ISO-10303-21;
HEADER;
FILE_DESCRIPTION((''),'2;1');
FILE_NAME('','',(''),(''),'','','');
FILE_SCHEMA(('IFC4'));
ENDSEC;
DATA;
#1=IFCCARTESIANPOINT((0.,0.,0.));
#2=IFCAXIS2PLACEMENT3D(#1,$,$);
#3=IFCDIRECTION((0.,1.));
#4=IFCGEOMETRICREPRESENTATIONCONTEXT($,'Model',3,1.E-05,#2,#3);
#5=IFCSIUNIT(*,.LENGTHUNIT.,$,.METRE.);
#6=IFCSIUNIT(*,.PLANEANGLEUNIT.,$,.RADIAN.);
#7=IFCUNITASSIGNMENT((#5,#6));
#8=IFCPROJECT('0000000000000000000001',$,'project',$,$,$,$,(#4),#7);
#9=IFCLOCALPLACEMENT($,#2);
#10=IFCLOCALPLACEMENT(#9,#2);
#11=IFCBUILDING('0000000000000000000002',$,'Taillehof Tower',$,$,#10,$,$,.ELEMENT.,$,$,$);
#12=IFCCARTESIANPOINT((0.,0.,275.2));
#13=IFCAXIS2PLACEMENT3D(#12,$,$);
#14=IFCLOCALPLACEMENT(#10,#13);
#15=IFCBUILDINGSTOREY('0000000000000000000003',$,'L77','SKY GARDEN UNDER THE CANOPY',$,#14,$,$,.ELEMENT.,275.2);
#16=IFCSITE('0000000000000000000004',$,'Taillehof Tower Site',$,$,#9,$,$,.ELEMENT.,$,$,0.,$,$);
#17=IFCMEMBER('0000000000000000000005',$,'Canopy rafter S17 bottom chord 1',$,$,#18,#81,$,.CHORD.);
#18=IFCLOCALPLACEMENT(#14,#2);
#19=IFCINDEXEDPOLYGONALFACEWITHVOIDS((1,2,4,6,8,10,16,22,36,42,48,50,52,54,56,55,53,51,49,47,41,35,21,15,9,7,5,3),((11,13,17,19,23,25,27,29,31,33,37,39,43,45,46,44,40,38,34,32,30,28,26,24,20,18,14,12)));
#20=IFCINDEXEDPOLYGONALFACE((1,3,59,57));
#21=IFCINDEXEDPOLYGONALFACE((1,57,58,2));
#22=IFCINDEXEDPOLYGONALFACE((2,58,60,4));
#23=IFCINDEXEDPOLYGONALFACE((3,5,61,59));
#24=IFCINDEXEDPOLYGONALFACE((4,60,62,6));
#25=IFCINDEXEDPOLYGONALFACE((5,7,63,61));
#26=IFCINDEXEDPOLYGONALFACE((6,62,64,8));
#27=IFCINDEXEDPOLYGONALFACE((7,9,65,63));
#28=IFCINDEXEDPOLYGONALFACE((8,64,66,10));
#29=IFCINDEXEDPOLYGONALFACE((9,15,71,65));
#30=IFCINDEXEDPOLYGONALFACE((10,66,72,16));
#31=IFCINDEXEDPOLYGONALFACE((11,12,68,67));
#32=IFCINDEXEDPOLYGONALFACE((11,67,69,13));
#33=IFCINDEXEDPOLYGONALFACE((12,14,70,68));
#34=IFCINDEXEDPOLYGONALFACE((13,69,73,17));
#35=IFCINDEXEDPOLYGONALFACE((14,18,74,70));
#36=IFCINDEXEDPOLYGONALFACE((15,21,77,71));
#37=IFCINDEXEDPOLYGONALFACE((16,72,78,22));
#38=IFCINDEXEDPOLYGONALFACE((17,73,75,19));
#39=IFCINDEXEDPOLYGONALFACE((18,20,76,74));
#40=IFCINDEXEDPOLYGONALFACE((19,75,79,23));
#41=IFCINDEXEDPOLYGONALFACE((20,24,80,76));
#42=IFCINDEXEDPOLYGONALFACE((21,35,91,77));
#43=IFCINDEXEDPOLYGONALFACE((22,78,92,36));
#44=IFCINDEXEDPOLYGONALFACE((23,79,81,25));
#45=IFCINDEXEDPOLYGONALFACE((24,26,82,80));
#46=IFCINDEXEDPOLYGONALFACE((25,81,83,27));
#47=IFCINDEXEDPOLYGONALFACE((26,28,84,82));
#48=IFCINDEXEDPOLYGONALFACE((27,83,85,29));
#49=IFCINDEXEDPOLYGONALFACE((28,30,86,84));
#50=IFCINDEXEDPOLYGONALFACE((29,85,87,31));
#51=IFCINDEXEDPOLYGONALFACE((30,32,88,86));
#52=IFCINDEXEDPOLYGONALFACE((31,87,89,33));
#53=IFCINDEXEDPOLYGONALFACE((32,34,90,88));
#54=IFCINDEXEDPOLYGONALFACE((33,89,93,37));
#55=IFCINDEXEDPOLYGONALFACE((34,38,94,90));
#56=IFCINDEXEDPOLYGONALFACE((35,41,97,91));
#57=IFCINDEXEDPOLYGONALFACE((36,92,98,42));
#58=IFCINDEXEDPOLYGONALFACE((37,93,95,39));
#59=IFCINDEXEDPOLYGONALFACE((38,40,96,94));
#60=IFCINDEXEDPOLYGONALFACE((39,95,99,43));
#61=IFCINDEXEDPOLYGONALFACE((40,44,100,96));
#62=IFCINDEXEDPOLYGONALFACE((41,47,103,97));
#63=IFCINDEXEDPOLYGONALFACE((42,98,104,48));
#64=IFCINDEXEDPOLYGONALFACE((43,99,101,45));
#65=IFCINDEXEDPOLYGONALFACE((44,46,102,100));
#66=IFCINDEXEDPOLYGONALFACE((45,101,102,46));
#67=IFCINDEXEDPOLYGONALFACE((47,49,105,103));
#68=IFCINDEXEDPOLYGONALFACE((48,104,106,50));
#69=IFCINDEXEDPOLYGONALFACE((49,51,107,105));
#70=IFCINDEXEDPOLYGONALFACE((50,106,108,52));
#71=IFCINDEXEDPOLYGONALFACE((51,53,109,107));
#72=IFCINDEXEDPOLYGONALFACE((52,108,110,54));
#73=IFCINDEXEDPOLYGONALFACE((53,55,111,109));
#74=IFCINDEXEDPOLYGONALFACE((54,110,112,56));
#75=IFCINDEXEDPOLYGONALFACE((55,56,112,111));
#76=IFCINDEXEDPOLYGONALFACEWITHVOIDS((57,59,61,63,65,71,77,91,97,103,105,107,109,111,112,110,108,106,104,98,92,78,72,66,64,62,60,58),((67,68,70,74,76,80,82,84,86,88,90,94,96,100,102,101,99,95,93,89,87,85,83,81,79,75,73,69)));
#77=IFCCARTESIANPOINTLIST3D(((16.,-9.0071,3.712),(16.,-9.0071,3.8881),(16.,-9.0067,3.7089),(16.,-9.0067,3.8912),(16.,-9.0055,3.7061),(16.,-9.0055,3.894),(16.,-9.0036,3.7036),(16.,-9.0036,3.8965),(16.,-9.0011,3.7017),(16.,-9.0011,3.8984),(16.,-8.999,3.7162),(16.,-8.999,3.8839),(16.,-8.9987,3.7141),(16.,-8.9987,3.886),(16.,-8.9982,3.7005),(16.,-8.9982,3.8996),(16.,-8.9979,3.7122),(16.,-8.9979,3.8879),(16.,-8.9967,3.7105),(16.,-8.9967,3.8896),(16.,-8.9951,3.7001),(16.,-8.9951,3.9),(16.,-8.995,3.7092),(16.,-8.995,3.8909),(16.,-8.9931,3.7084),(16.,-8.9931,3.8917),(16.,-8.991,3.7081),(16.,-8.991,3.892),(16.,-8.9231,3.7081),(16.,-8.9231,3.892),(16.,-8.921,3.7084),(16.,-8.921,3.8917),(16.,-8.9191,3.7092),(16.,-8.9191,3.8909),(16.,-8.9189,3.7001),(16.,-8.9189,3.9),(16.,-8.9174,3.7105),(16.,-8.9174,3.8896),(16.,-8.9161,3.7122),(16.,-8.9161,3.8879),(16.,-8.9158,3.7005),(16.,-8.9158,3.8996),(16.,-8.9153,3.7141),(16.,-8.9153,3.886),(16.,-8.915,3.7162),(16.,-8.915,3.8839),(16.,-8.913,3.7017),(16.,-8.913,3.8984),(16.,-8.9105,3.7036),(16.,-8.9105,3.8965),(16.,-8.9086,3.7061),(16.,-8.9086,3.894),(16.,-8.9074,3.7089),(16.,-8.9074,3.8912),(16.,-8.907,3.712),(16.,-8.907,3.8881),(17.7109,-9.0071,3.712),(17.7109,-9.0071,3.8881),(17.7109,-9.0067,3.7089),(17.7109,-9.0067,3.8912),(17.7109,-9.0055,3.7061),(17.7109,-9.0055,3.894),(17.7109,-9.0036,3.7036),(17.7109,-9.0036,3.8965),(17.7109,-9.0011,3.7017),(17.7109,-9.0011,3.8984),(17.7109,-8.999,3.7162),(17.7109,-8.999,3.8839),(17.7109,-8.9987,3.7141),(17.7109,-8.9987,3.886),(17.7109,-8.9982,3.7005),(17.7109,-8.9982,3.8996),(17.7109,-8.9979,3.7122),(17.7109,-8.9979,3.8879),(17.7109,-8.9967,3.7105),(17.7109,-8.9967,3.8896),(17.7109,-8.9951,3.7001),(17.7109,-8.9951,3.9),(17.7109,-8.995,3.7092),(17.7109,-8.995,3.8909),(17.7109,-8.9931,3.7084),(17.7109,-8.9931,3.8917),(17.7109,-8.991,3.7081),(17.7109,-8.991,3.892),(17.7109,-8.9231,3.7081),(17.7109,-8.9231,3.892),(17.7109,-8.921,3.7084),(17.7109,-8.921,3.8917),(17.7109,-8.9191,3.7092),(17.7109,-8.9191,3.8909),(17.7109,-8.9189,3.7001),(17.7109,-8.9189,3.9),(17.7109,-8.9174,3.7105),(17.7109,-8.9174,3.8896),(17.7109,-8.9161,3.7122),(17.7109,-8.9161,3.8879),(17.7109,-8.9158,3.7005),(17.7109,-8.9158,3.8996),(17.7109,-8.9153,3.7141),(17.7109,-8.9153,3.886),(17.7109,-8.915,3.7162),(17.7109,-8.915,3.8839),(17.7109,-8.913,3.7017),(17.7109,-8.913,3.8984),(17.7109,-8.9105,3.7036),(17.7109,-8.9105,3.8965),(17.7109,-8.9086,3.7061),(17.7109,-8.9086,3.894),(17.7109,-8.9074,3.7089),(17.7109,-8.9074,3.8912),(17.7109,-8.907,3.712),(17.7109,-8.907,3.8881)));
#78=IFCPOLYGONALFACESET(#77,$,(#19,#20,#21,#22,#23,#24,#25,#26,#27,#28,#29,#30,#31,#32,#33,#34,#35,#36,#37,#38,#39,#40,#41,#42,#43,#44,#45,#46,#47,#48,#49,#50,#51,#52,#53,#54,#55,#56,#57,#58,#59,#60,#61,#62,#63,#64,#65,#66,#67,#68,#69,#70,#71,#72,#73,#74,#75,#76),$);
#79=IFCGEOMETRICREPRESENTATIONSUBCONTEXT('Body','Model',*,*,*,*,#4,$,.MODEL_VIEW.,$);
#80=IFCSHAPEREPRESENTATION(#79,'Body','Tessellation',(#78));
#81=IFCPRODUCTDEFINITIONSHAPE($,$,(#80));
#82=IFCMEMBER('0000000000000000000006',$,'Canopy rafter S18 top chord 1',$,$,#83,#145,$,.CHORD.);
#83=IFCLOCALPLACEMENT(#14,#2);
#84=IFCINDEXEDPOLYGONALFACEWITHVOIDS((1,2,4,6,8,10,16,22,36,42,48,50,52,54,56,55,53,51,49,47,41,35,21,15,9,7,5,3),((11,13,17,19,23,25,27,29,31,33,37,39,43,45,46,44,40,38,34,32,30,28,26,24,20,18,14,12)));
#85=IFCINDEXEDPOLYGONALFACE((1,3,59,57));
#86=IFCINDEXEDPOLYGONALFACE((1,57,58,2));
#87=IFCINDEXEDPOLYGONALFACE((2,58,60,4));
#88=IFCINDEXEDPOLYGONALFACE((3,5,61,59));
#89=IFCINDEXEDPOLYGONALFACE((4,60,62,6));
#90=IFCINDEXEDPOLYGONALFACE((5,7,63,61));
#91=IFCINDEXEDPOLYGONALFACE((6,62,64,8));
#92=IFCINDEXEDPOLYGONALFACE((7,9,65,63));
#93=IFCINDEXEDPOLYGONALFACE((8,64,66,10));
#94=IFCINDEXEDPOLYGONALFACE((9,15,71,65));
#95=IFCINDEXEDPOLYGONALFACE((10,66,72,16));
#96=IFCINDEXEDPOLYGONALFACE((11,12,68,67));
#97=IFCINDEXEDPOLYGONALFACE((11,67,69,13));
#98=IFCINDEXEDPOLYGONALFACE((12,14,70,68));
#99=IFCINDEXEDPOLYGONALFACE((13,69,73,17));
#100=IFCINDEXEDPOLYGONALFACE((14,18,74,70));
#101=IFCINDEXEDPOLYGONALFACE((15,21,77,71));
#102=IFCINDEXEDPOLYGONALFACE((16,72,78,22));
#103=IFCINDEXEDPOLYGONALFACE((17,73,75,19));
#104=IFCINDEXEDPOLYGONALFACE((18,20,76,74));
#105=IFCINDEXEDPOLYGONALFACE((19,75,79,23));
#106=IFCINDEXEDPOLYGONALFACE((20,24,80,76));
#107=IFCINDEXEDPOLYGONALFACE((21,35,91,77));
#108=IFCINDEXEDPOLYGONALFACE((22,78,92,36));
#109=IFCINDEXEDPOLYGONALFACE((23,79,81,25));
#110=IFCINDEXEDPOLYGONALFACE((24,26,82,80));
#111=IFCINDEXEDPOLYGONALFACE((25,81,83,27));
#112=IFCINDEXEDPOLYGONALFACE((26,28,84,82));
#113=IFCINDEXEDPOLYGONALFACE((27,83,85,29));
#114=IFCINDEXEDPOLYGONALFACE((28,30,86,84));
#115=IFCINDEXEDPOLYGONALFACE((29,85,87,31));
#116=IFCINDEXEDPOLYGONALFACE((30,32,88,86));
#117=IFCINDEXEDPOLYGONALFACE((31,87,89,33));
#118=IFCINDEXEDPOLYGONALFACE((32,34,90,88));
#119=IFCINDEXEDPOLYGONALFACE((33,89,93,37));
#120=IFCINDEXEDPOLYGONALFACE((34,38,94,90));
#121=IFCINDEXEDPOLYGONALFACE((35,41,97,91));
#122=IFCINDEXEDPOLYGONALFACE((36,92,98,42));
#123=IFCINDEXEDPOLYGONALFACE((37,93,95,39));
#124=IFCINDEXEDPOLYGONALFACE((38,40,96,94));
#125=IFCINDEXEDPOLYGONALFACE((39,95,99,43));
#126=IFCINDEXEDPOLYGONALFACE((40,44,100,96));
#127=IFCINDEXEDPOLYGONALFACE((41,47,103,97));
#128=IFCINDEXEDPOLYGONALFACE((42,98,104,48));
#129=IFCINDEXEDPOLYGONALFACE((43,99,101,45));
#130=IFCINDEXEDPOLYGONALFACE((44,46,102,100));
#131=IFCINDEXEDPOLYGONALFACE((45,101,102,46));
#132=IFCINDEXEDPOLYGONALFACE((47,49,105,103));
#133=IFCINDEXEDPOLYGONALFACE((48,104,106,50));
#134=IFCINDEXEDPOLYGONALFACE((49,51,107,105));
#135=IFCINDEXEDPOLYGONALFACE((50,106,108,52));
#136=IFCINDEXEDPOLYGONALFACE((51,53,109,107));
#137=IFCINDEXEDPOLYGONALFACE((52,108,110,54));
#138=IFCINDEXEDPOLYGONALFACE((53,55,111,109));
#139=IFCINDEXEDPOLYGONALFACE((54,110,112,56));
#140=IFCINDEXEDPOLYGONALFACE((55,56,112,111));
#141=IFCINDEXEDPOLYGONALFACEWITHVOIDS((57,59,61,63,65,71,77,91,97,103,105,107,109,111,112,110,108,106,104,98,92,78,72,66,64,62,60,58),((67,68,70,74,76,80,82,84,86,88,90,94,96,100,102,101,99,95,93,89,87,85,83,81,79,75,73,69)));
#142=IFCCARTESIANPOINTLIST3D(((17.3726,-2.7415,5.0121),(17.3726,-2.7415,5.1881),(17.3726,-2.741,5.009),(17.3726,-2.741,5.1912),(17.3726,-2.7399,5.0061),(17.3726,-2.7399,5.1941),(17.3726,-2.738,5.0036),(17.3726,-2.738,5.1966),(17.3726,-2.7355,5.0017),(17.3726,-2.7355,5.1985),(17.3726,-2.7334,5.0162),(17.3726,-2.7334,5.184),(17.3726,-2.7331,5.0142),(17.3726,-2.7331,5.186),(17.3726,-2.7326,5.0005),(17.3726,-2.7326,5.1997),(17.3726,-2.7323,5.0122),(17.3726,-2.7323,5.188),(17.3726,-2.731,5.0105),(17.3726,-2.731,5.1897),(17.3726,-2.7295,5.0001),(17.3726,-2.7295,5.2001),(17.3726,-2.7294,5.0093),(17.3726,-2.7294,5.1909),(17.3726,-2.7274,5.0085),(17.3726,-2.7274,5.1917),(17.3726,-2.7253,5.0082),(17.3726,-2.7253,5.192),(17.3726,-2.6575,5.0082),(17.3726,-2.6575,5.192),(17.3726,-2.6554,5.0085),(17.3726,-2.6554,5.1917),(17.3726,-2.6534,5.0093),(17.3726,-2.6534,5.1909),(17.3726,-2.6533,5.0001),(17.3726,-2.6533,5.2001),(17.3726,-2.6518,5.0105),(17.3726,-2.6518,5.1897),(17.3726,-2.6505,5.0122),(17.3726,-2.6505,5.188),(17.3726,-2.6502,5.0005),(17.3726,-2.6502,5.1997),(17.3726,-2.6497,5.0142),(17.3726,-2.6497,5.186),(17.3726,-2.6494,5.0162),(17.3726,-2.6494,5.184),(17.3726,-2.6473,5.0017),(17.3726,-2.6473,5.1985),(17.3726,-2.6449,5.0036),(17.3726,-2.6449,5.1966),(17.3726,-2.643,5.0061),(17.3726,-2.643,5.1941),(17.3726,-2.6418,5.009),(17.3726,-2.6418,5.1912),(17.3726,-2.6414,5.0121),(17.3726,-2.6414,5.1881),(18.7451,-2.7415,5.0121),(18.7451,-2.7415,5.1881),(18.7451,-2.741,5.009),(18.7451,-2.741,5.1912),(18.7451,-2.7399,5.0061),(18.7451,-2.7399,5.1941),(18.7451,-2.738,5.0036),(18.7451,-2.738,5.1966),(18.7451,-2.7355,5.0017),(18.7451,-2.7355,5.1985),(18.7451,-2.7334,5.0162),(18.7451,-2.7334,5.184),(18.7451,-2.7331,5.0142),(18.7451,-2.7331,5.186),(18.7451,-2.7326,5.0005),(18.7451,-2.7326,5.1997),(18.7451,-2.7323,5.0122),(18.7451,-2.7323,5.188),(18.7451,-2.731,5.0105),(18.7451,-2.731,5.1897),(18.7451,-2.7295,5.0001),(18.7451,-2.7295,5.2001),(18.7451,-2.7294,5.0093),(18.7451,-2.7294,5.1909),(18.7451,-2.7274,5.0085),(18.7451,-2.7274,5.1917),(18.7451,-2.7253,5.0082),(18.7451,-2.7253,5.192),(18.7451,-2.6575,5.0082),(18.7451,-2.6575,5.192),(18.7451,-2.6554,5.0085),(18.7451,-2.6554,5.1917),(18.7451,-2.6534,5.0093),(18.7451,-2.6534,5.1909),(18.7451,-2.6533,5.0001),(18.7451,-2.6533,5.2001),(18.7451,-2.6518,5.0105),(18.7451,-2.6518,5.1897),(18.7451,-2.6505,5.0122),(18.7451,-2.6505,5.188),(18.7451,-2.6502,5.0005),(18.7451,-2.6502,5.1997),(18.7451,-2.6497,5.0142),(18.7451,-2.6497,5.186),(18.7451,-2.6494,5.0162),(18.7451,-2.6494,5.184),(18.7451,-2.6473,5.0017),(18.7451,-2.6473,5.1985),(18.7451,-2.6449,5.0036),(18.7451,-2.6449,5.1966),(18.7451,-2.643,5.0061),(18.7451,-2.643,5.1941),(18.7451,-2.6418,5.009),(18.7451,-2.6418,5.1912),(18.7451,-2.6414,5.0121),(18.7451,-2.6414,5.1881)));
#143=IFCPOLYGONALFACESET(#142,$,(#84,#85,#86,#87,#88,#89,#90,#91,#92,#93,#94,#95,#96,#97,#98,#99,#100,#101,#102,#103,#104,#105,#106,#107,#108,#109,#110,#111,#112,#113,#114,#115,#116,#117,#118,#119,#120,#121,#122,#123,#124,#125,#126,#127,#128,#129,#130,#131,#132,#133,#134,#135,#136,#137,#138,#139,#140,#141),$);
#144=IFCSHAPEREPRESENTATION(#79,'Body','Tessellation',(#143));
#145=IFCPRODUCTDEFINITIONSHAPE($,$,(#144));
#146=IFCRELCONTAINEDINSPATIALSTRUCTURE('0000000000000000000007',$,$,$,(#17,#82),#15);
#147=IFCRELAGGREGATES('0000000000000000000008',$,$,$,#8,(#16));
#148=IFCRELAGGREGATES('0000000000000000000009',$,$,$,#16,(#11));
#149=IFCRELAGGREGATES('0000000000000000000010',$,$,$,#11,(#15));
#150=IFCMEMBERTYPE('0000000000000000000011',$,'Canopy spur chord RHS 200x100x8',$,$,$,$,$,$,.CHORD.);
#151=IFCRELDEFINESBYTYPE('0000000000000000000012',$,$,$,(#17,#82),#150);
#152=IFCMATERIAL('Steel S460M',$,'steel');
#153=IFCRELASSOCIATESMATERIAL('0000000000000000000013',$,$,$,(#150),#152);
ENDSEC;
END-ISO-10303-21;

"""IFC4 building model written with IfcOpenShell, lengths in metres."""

from ifc_helpers import new_model, si_unit, direction, frame, origin, origin_2d, place, context, subcontext, project, spatial, hollow_rectangle, extrude, material, material_profile, profile_set, type_object, element, save


model = new_model("IFC4")

# Units and contexts
model_context = context("Model", 3, precision=1e-05, world=origin(), true_north=direction((0.0, 1.0)))
body_context = subcontext(model_context, "Body", "Model", "MODEL_VIEW")
ifc_project = project(units=[si_unit("LENGTHUNIT", "METRE"), si_unit("PLANEANGLEUNIT", "RADIAN")], contexts=[model_context])

# Site, building, storey
site_placement = place(None, origin())
site = spatial("IfcSite", under=ifc_project, at=site_placement, Name="Taillehof Tower Site", CompositionType="ELEMENT", RefElevation=0.0)
building_placement = place(site_placement, origin())
building = spatial("IfcBuilding", under=site, at=building_placement, Name="Taillehof Tower", CompositionType="ELEMENT")
storey_placement = place(building_placement, frame((0.0, 0.0, 275.2)))
storey = spatial("IfcBuildingStorey", under=building, at=storey_placement, Name="L77", Description="SKY GARDEN UNDER THE CANOPY", CompositionType="ELEMENT", Elevation=275.2)

# Members
ifc_material_1 = material(Name="Steel S460M", Category="steel")
ifc_material_profile_1 = material_profile(ifc_material_1, hollow_rectangle(XDim=0.1001, YDim=0.2, WallThickness=0.0081, InnerFilletRadius=0.0081, OuterFilletRadius=0.012, at=origin_2d()), Name="RHS 200x100x8")
ifc_profile_set_1 = profile_set([ifc_material_profile_1], Name="Steel S460M")
member_type_1 = type_object("IfcMemberType", Name="Canopy spur chord RHS 200x100x8", PredefinedType="CHORD", material=ifc_profile_set_1)
for number, where, z_axis, x_axis, name in (
    (1, (17.7109, -8.957, 3.8), (-1.0, 0.0, 0.0), (0.0, -1.0, 0.0), "Canopy rafter S17 bottom chord 1"),
):
    element("IfcMember", number, at=place(storey_placement, frame(where, z_axis=z_axis, x_axis=x_axis)), inside=storey, type_object=member_type_1, Name=name, PredefinedType="CHORD", context=body_context, shape_type="SweptSolid", body=[
        extrude(hollow_rectangle(XDim=0.1001, YDim=0.2, WallThickness=0.0081, InnerFilletRadius=0.0081, OuterFilletRadius=0.012, at=origin_2d()), origin(), (0.0, 0.0, 1.0), 1.7109),
    ])
for number, where, z_axis, x_axis, name in (
    (2, (18.7451, -2.6914, 5.1001), (-1.0, 0.0, 0.0), (0.0, -1.0, 0.0), "Canopy rafter S18 top chord 1"),
):
    element("IfcMember", number, at=place(storey_placement, frame(where, z_axis=z_axis, x_axis=x_axis)), inside=storey, type_object=member_type_1, Name=name, PredefinedType="CHORD", context=body_context, shape_type="SweptSolid", body=[
        extrude(hollow_rectangle(XDim=0.1001, YDim=0.2, WallThickness=0.0081, InnerFilletRadius=0.0081, OuterFilletRadius=0.012, at=origin_2d()), origin(), (0.0, 0.0, 1.0), 1.3726),
    ])

save(model, "model.ifc")
